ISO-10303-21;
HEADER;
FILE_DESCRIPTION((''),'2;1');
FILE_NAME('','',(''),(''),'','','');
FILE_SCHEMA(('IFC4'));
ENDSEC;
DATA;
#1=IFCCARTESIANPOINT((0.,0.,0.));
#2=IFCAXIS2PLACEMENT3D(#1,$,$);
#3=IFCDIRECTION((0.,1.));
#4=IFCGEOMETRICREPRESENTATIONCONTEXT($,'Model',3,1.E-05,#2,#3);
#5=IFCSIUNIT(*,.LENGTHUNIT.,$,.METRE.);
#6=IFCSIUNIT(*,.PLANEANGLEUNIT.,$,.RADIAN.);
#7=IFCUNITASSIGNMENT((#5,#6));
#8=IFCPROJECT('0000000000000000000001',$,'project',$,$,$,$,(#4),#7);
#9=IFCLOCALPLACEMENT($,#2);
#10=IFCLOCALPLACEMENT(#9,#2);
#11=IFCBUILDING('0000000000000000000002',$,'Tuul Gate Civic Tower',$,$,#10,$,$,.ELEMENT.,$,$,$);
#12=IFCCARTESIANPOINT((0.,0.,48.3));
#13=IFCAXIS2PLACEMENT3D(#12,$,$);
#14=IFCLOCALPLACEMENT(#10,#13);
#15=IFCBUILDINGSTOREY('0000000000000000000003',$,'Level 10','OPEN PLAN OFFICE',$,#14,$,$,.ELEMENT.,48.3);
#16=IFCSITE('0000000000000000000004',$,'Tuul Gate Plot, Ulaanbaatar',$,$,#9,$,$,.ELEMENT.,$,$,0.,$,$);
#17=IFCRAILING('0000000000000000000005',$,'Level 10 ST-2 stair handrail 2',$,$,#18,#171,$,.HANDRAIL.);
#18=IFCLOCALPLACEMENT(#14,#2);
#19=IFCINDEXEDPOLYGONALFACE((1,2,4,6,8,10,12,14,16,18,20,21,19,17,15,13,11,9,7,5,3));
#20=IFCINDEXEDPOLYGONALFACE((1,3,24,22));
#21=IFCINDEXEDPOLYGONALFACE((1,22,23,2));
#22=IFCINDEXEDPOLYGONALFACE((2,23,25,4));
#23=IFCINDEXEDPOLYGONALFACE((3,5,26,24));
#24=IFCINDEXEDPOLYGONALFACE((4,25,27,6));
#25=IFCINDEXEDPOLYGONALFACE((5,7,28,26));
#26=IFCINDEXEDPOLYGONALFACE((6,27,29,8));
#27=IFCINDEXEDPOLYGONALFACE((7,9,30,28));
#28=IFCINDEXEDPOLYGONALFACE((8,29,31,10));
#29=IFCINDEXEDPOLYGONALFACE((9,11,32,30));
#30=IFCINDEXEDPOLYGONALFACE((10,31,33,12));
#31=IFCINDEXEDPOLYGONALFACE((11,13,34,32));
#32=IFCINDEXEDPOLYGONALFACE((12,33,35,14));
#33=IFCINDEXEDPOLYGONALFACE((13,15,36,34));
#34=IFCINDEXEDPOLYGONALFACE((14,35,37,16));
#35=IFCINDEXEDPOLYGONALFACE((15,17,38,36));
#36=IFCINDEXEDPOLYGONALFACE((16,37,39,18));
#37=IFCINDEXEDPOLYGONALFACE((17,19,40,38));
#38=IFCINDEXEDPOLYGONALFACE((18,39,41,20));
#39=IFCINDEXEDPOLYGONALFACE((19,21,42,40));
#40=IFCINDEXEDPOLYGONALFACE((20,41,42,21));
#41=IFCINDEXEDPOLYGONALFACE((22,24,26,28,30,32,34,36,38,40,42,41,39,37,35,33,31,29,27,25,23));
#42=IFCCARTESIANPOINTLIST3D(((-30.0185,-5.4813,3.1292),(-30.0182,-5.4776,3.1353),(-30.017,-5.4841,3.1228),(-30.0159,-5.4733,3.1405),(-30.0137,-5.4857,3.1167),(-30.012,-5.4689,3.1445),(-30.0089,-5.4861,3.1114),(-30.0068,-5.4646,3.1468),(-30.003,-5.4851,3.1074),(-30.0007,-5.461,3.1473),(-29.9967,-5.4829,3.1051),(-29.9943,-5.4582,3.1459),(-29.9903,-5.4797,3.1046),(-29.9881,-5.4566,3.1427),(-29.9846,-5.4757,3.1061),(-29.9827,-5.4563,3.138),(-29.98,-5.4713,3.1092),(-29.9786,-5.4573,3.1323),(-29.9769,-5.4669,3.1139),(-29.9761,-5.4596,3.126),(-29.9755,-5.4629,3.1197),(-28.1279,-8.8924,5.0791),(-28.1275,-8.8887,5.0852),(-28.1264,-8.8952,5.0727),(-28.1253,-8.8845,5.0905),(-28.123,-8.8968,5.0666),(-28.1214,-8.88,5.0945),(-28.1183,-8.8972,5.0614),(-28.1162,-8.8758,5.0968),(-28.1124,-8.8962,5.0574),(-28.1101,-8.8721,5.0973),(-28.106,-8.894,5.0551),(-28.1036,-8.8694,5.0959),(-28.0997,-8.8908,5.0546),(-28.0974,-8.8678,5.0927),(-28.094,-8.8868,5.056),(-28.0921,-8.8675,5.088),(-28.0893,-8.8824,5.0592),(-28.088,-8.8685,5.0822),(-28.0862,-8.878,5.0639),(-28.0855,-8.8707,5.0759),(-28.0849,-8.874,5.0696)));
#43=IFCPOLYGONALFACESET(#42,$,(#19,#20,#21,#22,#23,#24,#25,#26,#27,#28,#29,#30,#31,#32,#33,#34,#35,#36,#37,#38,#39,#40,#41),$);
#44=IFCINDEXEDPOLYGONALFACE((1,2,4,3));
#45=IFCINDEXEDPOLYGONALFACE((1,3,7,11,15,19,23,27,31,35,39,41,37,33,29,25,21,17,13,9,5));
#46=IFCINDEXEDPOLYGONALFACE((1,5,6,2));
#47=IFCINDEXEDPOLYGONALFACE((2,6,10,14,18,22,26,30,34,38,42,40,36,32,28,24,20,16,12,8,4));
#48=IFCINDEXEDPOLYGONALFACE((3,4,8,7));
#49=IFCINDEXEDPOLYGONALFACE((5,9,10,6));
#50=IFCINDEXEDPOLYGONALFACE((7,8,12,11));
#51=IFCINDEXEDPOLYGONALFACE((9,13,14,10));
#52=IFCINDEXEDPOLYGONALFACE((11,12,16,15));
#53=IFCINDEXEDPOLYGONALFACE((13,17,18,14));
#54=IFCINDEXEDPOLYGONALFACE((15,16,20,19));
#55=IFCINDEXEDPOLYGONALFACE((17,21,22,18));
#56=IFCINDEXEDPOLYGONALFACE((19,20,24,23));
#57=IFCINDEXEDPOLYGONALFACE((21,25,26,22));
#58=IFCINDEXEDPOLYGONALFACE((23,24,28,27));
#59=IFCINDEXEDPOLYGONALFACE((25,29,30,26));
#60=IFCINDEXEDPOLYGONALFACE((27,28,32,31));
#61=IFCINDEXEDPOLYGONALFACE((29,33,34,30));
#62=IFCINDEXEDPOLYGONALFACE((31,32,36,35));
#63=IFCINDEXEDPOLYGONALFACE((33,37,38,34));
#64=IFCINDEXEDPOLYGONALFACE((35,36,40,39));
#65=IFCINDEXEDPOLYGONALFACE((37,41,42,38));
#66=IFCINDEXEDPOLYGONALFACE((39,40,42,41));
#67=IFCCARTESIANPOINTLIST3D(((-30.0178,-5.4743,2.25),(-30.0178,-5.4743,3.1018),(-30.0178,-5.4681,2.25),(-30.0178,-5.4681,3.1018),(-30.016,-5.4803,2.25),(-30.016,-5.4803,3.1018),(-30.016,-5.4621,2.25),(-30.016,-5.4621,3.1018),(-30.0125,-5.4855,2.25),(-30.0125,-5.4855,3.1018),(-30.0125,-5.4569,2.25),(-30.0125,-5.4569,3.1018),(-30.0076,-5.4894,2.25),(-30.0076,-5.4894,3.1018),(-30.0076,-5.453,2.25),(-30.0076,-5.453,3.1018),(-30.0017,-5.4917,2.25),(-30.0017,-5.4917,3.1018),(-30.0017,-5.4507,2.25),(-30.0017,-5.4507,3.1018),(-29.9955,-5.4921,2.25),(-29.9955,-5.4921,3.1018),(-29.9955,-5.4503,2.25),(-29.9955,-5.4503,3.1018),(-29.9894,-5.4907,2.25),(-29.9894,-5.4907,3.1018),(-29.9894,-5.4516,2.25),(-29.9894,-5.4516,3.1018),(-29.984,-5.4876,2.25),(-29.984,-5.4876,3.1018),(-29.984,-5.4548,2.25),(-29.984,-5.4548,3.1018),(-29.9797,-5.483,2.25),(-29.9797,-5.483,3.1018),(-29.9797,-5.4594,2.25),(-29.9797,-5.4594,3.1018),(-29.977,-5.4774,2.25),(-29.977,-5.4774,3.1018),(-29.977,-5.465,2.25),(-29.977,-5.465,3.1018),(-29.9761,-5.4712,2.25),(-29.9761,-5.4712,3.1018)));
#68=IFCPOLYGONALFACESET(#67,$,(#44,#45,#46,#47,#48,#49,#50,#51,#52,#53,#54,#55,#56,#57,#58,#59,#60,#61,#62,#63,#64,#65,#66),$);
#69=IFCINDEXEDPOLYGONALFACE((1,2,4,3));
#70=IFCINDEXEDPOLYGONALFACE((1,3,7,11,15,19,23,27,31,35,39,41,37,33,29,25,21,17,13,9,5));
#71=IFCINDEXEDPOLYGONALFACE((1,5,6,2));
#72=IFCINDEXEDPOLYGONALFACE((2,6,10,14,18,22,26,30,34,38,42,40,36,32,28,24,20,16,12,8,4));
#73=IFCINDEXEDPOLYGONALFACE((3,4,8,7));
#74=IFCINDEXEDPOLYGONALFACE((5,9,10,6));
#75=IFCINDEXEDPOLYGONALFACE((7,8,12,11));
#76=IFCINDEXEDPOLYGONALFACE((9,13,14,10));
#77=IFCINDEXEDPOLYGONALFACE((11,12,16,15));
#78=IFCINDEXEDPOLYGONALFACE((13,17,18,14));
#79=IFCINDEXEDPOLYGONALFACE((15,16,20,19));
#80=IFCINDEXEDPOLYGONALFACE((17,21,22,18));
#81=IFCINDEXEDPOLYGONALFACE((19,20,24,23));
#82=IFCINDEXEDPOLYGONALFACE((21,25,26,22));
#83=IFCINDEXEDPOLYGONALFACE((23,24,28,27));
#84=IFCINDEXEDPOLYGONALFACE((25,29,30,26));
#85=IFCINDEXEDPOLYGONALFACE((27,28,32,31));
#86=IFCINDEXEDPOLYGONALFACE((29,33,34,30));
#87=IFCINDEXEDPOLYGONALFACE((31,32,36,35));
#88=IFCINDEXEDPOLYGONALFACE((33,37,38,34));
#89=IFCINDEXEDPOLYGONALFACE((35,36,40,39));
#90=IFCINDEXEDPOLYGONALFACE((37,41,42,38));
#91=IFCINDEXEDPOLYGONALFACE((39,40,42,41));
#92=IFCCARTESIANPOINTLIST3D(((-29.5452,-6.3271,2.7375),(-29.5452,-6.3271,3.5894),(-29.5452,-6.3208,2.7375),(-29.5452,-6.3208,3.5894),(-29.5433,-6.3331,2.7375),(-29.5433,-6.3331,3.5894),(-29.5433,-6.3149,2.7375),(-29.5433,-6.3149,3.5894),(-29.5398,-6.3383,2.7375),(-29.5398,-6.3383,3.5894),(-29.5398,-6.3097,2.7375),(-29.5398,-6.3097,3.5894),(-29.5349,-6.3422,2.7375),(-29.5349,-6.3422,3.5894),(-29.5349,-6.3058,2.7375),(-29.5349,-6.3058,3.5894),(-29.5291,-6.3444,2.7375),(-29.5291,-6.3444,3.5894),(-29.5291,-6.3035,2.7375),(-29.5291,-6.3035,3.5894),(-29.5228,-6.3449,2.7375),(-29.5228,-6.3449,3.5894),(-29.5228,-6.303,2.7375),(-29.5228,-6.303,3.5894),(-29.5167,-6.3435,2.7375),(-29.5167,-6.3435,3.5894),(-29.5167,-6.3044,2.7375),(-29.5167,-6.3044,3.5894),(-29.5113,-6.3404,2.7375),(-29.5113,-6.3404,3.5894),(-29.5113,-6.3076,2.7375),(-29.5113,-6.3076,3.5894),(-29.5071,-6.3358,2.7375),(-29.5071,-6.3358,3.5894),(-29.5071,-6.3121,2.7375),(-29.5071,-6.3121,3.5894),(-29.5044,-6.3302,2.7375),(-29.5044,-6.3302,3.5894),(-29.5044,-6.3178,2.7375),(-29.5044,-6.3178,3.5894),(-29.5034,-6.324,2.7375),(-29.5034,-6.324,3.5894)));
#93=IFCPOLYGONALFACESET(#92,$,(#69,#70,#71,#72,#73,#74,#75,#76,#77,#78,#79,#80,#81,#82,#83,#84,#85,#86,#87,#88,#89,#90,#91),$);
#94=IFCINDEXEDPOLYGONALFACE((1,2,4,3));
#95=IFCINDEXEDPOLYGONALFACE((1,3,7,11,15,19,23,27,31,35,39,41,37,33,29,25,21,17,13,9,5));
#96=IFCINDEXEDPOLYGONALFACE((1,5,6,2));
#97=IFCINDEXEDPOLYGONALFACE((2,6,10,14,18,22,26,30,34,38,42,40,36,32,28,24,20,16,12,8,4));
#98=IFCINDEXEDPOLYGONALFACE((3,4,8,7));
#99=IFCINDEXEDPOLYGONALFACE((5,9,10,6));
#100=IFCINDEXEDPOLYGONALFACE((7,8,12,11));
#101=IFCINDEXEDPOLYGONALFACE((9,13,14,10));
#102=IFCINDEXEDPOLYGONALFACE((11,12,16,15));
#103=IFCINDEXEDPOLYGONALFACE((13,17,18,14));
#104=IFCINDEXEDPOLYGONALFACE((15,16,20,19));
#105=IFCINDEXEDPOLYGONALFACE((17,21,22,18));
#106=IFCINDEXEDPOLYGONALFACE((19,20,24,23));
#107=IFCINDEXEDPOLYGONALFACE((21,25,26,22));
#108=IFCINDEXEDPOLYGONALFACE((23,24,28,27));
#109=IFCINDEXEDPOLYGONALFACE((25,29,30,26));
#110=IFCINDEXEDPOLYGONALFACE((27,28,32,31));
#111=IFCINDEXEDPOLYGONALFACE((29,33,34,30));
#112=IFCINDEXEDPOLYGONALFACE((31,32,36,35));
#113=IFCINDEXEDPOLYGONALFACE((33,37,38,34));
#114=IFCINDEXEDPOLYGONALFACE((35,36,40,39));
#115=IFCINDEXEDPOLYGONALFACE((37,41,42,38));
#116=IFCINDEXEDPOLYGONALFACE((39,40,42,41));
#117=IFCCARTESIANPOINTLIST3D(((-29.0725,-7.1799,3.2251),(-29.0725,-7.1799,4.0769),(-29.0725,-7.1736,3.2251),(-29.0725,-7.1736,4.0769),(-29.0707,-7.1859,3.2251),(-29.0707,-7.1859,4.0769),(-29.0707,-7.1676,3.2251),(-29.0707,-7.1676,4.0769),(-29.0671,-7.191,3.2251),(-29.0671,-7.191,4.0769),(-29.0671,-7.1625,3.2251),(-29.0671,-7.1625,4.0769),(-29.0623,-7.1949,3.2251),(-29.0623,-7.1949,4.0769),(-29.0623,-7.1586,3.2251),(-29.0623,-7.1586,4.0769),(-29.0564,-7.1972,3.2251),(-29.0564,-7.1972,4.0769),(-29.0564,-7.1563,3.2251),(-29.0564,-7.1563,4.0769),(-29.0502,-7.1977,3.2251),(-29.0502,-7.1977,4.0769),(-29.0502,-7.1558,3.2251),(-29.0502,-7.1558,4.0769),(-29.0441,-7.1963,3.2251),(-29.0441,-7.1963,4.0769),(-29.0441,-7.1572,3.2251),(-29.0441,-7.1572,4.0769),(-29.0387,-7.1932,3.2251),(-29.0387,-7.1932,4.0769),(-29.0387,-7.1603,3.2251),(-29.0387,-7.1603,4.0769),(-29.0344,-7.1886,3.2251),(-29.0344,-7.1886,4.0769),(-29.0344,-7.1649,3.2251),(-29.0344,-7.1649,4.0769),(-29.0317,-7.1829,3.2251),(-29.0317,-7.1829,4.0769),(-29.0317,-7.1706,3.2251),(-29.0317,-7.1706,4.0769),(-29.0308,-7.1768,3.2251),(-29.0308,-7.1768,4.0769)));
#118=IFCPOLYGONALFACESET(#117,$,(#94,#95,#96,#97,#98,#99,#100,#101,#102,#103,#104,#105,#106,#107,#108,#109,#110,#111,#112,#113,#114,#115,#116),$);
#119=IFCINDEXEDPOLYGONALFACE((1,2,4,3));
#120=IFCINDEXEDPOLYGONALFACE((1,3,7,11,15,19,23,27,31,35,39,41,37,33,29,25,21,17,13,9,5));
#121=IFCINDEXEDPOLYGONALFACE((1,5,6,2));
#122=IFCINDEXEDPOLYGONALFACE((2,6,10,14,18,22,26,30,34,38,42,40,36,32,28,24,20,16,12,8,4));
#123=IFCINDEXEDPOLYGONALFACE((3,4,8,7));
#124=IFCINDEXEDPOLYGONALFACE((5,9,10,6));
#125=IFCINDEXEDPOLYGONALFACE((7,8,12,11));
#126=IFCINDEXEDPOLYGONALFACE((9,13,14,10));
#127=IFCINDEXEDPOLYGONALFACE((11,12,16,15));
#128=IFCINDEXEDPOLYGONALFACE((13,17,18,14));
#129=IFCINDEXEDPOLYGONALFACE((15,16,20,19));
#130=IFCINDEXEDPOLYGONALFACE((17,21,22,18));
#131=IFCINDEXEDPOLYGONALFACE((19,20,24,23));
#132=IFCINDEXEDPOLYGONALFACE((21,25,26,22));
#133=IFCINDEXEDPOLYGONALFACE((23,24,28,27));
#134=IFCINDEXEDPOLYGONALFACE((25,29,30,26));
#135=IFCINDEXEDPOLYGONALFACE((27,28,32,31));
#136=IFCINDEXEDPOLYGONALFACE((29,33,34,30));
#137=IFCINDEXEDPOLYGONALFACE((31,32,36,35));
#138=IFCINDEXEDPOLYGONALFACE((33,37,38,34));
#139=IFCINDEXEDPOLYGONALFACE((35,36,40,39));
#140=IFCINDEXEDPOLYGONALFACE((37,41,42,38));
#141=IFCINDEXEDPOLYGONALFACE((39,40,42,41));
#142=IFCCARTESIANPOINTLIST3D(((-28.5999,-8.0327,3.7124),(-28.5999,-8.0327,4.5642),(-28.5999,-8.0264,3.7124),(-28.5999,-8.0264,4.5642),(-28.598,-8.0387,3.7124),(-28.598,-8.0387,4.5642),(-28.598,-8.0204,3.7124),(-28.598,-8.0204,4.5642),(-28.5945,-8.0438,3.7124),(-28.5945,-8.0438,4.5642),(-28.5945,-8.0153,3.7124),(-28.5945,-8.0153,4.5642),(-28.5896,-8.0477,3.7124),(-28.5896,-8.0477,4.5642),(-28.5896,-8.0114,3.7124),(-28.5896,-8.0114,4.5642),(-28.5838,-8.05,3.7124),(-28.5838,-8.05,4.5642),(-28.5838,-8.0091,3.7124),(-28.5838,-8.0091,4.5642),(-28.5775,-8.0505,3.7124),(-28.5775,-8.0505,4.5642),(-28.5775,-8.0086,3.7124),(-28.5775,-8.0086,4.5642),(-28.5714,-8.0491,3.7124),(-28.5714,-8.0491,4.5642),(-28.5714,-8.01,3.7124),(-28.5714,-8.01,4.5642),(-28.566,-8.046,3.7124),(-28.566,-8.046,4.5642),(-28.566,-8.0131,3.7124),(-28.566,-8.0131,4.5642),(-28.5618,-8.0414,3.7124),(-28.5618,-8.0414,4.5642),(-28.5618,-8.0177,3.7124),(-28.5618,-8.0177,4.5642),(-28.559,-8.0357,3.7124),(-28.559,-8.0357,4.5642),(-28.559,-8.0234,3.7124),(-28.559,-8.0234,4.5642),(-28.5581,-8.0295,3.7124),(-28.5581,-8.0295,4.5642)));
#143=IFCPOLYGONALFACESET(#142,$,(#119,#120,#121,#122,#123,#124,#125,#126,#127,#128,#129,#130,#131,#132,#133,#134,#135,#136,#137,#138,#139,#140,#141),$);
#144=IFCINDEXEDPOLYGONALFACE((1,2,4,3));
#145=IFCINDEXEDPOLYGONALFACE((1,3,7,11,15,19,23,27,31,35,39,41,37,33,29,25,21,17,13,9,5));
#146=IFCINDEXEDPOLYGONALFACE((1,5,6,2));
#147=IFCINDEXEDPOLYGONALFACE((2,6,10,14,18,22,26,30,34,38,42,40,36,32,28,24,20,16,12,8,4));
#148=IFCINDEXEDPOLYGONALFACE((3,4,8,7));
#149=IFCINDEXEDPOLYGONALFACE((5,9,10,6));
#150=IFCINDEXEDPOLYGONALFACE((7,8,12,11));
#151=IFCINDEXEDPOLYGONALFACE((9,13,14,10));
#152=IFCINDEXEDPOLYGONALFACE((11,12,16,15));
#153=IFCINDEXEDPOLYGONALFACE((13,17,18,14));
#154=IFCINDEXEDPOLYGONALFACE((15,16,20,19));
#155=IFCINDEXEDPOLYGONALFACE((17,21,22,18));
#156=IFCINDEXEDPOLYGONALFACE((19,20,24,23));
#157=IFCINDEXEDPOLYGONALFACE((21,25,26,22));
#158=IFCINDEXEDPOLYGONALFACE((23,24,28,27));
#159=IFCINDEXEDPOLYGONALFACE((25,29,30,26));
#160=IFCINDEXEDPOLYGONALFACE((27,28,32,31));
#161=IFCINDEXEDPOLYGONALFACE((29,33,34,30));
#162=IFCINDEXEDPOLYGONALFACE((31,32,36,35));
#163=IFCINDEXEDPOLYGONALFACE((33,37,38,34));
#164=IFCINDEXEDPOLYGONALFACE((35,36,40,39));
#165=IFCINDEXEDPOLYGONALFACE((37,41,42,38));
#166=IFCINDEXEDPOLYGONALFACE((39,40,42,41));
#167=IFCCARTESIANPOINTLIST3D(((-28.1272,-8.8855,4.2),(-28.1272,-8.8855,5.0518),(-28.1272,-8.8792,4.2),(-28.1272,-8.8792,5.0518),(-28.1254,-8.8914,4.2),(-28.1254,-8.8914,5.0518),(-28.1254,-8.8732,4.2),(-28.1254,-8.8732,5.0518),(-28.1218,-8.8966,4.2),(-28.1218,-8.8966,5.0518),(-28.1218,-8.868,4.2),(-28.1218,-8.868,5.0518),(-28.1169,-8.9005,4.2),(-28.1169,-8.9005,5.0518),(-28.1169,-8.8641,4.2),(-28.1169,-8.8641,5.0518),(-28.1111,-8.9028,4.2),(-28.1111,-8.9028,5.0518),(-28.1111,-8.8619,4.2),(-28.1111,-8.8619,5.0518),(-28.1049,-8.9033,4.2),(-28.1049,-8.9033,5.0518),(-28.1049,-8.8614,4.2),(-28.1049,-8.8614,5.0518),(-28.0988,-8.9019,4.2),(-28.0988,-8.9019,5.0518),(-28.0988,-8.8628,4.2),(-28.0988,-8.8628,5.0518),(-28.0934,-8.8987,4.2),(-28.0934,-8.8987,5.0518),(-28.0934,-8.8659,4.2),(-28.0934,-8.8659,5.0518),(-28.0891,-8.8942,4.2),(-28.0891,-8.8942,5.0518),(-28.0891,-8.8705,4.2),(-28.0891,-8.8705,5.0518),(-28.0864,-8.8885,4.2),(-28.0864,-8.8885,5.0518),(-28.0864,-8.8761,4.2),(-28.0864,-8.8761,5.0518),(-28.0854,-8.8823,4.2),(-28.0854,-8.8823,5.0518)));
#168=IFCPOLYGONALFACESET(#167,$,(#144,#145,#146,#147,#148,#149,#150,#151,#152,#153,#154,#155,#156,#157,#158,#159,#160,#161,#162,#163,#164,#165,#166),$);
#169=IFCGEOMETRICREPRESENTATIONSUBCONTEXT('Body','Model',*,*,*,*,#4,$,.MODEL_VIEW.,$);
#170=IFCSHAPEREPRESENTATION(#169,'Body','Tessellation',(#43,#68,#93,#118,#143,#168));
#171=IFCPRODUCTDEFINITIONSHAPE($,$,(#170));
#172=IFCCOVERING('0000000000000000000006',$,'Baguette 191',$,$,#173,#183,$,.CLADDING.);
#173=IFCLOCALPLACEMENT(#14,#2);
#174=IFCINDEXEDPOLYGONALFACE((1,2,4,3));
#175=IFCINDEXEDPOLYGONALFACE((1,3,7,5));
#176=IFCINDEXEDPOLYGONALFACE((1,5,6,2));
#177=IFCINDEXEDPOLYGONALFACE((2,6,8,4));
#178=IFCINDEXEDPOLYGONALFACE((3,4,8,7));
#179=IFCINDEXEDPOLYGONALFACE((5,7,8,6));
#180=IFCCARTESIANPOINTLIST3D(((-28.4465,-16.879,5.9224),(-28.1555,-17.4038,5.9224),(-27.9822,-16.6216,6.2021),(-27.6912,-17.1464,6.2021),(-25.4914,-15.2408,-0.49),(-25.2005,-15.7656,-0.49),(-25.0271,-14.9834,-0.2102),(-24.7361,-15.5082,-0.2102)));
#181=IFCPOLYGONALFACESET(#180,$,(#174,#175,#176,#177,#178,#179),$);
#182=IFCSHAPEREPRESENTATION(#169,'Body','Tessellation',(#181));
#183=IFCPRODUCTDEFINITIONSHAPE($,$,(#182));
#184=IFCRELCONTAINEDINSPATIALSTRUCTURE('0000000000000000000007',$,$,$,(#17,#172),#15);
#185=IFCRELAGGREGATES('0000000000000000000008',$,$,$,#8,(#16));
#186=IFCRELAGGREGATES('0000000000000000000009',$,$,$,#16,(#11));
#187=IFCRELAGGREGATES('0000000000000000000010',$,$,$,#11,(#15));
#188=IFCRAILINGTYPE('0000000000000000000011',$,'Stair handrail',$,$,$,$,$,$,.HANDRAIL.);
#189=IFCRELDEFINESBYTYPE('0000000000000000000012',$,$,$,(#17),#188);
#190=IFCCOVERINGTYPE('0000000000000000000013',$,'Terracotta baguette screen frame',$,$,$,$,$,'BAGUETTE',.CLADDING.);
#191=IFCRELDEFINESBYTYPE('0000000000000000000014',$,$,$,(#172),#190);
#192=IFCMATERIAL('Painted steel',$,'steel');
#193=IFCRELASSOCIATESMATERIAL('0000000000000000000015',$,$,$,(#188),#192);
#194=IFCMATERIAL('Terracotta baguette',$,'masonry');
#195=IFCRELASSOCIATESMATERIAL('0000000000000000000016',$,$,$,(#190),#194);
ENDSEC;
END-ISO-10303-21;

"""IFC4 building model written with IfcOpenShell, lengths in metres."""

from ifc_helpers import new_model, si_unit, direction, frame, origin, origin_2d, place, context, subcontext, project, spatial, rectangle, circle, extrude, material, material_profile, profile_set, type_object, element, save


model = new_model("IFC4")

# Units and contexts
model_context = context("Model", 3, precision=1e-05, world=origin(), true_north=direction((0.0, 1.0)))
body_context = subcontext(model_context, "Body", "Model", "MODEL_VIEW")
ifc_project = project(units=[si_unit("LENGTHUNIT", "METRE"), si_unit("PLANEANGLEUNIT", "RADIAN")], contexts=[model_context])

# Site, building, storey
site_placement = place(None, origin())
site = spatial("IfcSite", under=ifc_project, at=site_placement, Name="Tuul Gate Plot, Ulaanbaatar", CompositionType="ELEMENT", RefElevation=0.0)
building_placement = place(site_placement, origin())
building = spatial("IfcBuilding", under=site, at=building_placement, Name="Tuul Gate Civic Tower", CompositionType="ELEMENT")
storey_placement = place(building_placement, frame((0.0, 0.0, 48.3)))
storey = spatial("IfcBuildingStorey", under=building, at=storey_placement, Name="Level 10", Description="OPEN PLAN OFFICE", CompositionType="ELEMENT", Elevation=48.3)

# Railing
ifc_material_1 = material(Name="Painted steel", Category="steel")
railing_type_1 = type_object("IfcRailingType", Name="Stair handrail", PredefinedType="HANDRAIL", material=ifc_material_1)
railing_1_placement = place(storey_placement, frame((-29.9971, -5.4712, 2.25)))
element("IfcRailing", 1, at=railing_1_placement, inside=storey, type_object=railing_type_1, Name="Level 10 ST-2 stair handrail 2", PredefinedType="HANDRAIL", context=body_context, shape_type="SweptSolid", body=[
    extrude(circle(Radius=0.0239, at=origin_2d()), frame((0.0, 0.0, 0.876), z_axis=(0.433595, -0.782308, 0.447201), x_axis=(0.874641, 0.484771, 0.0)), (0.0, 0.0, 1.0), 4.3604),
    extrude(circle(Radius=0.021, at=origin_2d()), origin(), (0.0, 0.0, 1.0), 0.8518),
    extrude(circle(Radius=0.021, at=origin_2d()), frame((0.4727, -0.8528, 0.4875)), (0.0, 0.0, 1.0), 0.8518),
    extrude(circle(Radius=0.021, at=origin_2d()), frame((0.9453, -1.7056, 0.9751)), (0.0, 0.0, 1.0), 0.8518),
    extrude(circle(Radius=0.021, at=origin_2d()), frame((1.418, -2.5583, 1.4624)), (0.0, 0.0, 1.0), 0.8518),
    extrude(circle(Radius=0.021, at=origin_2d()), frame((1.8906, -3.4111, 1.95)), (0.0, 0.0, 1.0), 0.8518),
])

# Covering
ifc_material_2 = material(Name="Terracotta baguette", Category="masonry")
ifc_material_profile_1 = material_profile(ifc_material_2, rectangle(XDim=0.6001, YDim=0.6001, at=origin_2d()), Name="Terracotta baguette screen frame")
ifc_profile_set_1 = profile_set([ifc_material_profile_1], Name="Terracotta baguette")
covering_type = type_object("IfcCoveringType", Name="Terracotta baguette screen frame", ElementType="BAGUETTE", PredefinedType="CLADDING", material=ifc_profile_set_1)
covering_placement = place(storey_placement, frame((-28.0688, -17.0127, 6.0623), z_axis=(0.407706, 0.226017, -0.884699), x_axis=(-0.484845, 0.8746, 0.0)))
element("IfcCovering", 2, at=covering_placement, inside=storey, type_object=covering_type, Name="Baguette 191", PredefinedType="CLADDING", context=body_context, shape_type="SweptSolid", body=[
    extrude(rectangle(XDim=0.6001, YDim=0.6001, at=origin_2d()), origin(), (0.0, 0.0, 1.0), 7.248),
])

save(model, "model.ifc")
